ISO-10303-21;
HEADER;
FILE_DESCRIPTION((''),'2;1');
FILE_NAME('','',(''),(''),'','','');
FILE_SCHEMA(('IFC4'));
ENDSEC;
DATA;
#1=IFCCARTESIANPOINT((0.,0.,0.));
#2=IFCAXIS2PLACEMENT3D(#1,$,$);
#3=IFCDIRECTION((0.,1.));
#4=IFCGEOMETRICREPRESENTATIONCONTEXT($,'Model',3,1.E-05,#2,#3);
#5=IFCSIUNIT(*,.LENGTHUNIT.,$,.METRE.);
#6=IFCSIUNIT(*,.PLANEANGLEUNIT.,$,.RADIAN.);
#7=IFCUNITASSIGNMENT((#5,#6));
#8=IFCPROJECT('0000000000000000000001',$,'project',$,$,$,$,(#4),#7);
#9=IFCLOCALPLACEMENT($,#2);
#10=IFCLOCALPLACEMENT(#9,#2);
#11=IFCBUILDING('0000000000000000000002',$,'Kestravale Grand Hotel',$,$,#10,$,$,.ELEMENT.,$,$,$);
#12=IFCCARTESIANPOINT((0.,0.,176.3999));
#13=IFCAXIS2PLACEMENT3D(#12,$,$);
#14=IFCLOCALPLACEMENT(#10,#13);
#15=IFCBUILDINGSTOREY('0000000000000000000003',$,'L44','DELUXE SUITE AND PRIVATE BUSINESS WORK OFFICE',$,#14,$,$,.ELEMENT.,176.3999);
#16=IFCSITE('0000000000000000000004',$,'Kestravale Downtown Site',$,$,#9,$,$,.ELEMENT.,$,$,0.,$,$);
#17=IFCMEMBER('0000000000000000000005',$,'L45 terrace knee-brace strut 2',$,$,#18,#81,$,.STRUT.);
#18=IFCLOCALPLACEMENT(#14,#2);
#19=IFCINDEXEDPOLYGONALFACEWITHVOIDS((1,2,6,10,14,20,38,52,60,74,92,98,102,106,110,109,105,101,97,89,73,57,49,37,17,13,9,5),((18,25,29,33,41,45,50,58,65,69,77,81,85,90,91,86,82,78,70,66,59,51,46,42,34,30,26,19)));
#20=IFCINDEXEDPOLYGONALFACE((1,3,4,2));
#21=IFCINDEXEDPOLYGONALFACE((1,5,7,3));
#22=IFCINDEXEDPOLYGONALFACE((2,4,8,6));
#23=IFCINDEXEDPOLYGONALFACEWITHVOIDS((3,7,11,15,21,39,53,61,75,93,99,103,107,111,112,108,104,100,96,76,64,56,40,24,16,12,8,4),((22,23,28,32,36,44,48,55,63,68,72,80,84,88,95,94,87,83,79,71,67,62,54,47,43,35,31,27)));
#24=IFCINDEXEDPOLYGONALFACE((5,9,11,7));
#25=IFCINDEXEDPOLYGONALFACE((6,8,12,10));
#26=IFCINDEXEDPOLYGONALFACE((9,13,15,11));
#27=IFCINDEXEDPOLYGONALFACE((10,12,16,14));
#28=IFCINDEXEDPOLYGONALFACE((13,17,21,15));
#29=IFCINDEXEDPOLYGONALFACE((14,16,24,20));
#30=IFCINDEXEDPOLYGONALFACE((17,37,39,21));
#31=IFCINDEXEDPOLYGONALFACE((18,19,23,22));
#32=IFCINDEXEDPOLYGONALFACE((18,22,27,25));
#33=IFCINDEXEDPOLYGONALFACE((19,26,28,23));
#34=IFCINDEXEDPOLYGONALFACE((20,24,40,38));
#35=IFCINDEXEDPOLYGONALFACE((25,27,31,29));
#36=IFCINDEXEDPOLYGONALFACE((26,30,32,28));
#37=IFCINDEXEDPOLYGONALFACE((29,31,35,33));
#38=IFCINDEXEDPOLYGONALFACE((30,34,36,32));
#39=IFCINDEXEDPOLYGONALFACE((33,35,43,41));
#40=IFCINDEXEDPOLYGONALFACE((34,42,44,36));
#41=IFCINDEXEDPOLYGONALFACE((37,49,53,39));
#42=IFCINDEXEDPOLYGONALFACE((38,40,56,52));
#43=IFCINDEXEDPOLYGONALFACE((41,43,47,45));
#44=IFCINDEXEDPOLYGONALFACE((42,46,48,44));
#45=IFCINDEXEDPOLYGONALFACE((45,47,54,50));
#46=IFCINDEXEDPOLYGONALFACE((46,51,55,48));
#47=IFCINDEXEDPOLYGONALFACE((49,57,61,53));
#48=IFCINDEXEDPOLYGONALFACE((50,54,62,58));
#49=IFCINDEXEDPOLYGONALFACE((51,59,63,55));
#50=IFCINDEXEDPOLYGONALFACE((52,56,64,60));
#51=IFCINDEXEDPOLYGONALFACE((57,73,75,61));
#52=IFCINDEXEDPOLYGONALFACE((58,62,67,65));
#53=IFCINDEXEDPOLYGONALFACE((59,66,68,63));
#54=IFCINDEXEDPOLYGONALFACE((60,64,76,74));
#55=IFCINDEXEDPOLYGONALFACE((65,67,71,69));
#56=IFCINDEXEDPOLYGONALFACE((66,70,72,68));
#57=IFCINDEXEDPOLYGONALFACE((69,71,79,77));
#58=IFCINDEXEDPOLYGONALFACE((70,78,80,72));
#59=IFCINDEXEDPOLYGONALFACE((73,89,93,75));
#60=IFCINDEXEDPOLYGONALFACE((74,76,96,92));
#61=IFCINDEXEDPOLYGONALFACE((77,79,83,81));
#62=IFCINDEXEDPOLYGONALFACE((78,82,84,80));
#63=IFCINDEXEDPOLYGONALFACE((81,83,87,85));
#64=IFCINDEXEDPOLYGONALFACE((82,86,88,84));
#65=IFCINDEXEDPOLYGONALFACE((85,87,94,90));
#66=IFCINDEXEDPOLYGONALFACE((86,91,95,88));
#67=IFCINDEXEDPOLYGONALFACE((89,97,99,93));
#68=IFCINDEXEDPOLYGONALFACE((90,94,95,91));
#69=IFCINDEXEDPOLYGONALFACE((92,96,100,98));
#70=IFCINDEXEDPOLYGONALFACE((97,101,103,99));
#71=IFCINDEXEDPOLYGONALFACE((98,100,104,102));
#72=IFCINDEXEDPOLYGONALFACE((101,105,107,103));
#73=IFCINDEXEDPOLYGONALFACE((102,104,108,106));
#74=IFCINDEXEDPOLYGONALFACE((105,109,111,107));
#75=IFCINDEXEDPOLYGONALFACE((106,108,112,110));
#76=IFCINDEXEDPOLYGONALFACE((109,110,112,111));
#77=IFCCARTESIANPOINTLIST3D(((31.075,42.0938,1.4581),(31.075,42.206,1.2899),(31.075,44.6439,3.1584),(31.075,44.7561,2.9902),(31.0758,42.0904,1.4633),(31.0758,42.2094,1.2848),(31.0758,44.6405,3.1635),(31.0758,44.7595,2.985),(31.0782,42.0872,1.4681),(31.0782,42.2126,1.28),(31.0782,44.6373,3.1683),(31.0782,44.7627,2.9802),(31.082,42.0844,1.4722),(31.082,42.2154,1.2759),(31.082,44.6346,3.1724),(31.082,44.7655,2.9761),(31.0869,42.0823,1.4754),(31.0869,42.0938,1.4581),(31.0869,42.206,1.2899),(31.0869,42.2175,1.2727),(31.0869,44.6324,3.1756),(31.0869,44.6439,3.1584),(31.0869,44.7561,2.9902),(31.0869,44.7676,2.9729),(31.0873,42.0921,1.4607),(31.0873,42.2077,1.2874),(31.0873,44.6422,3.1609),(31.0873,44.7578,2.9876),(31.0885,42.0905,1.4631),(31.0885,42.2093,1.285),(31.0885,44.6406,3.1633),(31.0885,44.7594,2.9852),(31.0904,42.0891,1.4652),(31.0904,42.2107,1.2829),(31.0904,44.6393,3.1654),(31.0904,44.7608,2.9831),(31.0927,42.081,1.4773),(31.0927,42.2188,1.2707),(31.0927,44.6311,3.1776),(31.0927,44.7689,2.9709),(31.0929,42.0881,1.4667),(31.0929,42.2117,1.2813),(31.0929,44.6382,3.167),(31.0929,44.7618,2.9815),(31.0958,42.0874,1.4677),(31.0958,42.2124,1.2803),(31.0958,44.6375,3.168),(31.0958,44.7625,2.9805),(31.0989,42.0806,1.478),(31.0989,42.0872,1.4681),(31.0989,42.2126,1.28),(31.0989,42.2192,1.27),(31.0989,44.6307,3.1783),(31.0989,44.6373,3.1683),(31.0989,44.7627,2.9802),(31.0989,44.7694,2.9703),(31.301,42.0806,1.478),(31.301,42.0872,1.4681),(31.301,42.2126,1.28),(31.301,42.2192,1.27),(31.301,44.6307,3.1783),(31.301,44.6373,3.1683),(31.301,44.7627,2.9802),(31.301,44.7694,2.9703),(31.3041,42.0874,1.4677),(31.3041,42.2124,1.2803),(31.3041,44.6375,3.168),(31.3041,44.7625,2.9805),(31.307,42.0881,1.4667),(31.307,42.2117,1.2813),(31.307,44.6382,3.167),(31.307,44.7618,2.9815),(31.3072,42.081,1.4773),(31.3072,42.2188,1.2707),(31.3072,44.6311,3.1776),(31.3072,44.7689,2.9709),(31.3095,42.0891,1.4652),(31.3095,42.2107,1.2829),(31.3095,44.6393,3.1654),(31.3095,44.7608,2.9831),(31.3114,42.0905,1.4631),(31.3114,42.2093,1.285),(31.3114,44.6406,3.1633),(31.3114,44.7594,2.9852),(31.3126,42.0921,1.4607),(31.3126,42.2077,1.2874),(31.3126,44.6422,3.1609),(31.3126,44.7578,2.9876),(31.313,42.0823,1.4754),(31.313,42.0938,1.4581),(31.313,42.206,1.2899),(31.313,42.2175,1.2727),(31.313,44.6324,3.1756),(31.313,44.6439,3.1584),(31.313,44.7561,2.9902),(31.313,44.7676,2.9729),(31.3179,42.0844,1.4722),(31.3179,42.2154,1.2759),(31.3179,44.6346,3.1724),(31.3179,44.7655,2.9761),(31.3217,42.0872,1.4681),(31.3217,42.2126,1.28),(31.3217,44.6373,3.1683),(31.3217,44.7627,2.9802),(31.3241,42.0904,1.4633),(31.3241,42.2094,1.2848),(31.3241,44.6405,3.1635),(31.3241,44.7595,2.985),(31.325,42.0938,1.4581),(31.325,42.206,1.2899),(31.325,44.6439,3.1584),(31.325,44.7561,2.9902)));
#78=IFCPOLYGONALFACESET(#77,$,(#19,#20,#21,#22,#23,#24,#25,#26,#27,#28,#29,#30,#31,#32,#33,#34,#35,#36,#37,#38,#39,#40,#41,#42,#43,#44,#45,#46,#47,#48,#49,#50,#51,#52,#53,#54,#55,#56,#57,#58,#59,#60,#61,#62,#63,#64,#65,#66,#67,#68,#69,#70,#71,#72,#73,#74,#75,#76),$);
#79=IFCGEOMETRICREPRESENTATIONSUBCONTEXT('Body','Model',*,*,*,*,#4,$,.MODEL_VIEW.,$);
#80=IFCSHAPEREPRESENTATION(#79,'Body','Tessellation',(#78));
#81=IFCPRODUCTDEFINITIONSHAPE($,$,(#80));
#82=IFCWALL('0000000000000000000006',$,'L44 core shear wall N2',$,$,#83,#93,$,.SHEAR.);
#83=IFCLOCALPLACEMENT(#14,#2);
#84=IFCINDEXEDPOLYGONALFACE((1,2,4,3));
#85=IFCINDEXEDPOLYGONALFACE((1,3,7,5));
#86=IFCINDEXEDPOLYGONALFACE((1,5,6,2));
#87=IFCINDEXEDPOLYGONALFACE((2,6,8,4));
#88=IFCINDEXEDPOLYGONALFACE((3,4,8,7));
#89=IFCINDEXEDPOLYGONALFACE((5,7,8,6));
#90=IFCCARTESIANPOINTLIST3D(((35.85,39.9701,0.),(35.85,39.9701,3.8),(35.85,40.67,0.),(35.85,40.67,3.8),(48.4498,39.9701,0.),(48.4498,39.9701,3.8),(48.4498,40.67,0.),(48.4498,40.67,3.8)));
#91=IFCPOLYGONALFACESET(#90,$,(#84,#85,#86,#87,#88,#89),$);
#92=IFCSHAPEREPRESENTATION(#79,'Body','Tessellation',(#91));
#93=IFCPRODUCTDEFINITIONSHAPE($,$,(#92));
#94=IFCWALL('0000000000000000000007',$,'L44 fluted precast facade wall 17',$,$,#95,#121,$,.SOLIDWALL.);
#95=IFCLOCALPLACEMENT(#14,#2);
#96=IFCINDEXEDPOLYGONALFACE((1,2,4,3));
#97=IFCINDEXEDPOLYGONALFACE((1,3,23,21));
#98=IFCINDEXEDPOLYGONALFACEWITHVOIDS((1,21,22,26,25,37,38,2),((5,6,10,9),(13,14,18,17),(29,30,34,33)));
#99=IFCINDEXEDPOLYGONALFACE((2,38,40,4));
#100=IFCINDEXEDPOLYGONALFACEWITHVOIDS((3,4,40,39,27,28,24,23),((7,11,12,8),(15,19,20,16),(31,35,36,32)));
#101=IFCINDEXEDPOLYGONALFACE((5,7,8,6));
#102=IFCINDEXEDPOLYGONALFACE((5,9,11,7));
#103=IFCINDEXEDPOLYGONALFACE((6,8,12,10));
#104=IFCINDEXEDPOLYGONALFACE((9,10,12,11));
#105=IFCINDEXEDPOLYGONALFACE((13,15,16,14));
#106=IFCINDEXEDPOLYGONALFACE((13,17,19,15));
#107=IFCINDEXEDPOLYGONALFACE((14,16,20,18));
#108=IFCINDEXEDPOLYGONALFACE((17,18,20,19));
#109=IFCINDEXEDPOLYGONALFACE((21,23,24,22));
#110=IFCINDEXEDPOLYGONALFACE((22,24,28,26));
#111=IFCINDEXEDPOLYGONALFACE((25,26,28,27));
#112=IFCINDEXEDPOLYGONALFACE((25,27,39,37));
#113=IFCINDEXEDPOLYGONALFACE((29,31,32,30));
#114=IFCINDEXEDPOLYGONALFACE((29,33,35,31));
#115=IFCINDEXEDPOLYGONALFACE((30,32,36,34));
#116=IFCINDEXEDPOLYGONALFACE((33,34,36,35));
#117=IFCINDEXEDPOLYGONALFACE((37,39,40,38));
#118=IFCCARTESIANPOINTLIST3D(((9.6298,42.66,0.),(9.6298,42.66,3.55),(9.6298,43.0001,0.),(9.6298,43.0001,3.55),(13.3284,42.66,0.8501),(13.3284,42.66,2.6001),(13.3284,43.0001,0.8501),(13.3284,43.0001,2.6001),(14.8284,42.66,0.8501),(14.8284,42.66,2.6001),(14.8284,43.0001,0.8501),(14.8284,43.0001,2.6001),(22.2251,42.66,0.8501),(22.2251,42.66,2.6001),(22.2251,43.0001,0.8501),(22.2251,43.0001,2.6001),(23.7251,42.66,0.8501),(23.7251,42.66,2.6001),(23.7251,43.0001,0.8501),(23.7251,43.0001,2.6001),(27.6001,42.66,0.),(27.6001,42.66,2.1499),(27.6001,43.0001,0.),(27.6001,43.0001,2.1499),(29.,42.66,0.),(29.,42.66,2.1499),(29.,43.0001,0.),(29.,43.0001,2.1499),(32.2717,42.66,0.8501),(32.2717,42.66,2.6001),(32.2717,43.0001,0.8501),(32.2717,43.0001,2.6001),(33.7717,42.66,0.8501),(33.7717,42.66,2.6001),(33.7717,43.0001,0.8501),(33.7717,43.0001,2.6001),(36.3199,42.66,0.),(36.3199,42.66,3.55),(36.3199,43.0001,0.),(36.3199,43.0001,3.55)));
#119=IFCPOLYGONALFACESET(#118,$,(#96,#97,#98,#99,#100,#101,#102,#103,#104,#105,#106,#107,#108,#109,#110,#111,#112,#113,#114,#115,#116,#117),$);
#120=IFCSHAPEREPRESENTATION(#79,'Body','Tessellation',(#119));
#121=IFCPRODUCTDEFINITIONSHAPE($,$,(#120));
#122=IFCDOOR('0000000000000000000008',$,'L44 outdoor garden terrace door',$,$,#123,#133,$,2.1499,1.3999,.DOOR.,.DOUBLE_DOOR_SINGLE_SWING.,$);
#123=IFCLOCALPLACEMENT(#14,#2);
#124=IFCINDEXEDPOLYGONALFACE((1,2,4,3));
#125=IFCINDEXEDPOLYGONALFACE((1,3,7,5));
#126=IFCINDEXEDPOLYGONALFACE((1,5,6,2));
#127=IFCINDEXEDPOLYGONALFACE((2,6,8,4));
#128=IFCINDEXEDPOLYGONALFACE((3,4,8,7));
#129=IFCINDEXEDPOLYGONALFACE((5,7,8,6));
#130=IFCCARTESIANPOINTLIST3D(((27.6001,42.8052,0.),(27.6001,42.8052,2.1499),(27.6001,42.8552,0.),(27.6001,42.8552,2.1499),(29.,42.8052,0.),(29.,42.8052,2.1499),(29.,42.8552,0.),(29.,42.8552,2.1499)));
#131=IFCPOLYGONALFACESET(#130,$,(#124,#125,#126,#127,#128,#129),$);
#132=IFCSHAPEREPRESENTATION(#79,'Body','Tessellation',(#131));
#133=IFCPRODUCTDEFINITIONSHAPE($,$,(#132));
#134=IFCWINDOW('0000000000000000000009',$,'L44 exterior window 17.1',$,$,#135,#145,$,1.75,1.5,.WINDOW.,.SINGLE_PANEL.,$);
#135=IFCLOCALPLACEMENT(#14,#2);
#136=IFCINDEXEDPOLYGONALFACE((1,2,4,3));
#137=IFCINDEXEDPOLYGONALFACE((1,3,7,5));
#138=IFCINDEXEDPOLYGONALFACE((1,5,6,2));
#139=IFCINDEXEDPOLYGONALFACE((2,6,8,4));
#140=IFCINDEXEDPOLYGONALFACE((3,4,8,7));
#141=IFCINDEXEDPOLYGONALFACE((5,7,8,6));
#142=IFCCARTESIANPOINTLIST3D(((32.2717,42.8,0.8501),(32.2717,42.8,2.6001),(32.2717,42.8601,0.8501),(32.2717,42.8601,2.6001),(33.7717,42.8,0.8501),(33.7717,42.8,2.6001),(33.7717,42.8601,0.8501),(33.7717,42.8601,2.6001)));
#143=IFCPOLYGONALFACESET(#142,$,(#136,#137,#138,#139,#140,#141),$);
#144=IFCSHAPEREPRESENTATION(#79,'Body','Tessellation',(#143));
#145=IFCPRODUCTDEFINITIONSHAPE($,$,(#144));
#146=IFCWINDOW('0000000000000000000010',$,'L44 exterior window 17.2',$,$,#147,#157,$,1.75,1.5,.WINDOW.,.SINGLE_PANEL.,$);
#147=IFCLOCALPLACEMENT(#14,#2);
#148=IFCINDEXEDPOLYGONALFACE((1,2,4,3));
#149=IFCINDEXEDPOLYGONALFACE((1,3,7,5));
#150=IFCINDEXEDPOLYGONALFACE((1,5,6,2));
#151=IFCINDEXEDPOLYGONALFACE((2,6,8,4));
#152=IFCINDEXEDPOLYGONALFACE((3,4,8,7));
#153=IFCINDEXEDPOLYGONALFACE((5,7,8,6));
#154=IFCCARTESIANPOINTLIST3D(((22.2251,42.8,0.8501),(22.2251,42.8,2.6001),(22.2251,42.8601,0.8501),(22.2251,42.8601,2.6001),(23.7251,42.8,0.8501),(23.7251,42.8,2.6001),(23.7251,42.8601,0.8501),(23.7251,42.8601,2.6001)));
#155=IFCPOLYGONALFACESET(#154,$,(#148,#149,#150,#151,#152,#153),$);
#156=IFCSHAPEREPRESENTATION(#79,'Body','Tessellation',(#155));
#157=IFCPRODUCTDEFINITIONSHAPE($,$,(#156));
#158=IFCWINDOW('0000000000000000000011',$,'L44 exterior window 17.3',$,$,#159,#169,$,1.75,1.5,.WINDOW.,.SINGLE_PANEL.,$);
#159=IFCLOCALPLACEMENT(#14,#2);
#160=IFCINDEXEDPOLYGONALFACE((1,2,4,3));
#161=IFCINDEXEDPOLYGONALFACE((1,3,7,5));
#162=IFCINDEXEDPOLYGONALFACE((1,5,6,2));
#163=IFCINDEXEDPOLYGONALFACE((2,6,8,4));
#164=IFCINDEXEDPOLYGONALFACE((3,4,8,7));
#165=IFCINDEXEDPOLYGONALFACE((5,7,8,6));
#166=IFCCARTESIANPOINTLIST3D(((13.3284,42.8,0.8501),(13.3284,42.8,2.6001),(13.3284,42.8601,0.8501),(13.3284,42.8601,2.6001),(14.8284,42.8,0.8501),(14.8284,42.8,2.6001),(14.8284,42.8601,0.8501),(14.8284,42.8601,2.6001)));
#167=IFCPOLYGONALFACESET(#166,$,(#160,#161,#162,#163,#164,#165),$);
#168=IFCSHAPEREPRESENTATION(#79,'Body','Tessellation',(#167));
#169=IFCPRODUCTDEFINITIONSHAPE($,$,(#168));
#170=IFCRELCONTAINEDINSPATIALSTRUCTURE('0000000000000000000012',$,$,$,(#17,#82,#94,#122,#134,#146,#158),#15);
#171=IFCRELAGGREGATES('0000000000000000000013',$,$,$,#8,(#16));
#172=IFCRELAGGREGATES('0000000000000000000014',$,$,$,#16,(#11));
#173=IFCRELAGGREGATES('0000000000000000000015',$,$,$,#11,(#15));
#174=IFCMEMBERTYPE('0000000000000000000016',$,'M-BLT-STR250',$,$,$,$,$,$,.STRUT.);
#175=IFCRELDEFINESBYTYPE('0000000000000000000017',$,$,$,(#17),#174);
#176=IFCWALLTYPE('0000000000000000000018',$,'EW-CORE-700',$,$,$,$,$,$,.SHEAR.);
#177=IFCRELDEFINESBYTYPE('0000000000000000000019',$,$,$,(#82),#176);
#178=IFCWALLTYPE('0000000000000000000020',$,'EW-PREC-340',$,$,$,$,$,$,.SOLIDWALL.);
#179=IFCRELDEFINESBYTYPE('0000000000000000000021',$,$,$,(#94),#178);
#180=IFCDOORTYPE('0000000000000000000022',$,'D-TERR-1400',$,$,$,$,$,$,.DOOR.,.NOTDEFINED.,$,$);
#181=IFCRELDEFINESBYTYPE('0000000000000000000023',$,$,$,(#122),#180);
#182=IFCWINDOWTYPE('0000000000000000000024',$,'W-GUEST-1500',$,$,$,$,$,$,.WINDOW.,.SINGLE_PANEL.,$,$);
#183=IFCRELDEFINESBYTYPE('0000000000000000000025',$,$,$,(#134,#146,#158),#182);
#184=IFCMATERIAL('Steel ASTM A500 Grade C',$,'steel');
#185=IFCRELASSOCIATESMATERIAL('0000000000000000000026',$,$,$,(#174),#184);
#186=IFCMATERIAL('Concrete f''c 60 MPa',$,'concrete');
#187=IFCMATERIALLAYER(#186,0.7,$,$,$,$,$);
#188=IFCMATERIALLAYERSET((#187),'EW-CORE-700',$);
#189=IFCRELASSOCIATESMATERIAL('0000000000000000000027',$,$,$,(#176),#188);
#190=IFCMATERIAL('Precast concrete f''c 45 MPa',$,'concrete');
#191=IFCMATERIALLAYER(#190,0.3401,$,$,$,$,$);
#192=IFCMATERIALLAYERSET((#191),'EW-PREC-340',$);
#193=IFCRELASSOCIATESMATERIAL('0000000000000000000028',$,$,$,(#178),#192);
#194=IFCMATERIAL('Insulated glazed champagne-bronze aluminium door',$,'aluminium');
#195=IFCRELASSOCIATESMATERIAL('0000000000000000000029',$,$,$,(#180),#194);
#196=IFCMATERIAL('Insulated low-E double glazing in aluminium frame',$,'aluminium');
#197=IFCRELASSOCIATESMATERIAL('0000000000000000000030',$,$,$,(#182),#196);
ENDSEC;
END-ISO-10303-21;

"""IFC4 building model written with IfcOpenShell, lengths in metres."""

from ifc_helpers import new_model, si_unit, direction, frame, frame_2d, origin, origin_2d, place, context, subcontext, project, spatial, rectangle, hollow_rectangle, extrude, material, layer, layer_set, material_profile, profile_set, type_object, element, fill, save


model = new_model("IFC4")

# Units and contexts
model_context = context("Model", 3, precision=1e-05, world=origin(), true_north=direction((0.0, 1.0)))
body_context = subcontext(model_context, "Body", "Model", "MODEL_VIEW")
ifc_project = project(units=[si_unit("LENGTHUNIT", "METRE"), si_unit("PLANEANGLEUNIT", "RADIAN")], contexts=[model_context])

# Site, building, storey
site_placement = place(None, origin())
site = spatial("IfcSite", under=ifc_project, at=site_placement, Name="Kestravale Downtown Site", CompositionType="ELEMENT", RefElevation=0.0)
building_placement = place(site_placement, origin())
building = spatial("IfcBuilding", under=site, at=building_placement, Name="Kestravale Grand Hotel", CompositionType="ELEMENT")
storey_placement = place(building_placement, frame((0.0, 0.0, 176.3999)))
storey = spatial("IfcBuildingStorey", under=building, at=storey_placement, Name="L44", Description="DELUXE SUITE AND PRIVATE BUSINESS WORK OFFICE", CompositionType="ELEMENT", Elevation=176.3999)

# Member
ifc_material_1 = material(Name="Steel ASTM A500 Grade C", Category="steel")
ifc_material_profile_1 = material_profile(ifc_material_1, hollow_rectangle(XDim=0.25, YDim=0.25, WallThickness=0.012, InnerFilletRadius=0.012, OuterFilletRadius=0.0239, at=origin_2d()))
ifc_profile_set_1 = profile_set([ifc_material_profile_1], Name="Steel ASTM A500 Grade C")
member_type = type_object("IfcMemberType", Name="M-BLT-STR250", PredefinedType="STRUT", material=ifc_profile_set_1)
for number, where, z_axis, x_axis, name in (
    (1, (31.2, 42.1499, 1.374), (0.0, 0.832026, 0.554737), (-1.0, 0.0, 0.0), "L45 terrace knee-brace strut 2"),
):
    element("IfcMember", number, at=place(storey_placement, frame(where, z_axis=z_axis, x_axis=x_axis)), inside=storey, type_object=member_type, Name=name, PredefinedType="STRUT", context=body_context, shape_type="SweptSolid", body=[
        extrude(hollow_rectangle(XDim=0.25, YDim=0.25, WallThickness=0.012, InnerFilletRadius=0.012, OuterFilletRadius=0.0239, at=origin_2d()), origin(), (0.0, 0.0, 1.0), 3.0649),
    ])

# Wall
ifc_material_2 = material(Name="Concrete f'c 60 MPa", Category="concrete")
ifc_layer_1 = layer(ifc_material_2, 0.7)
ifc_layer_set_1 = layer_set([ifc_layer_1], Name="EW-CORE-700")
wall_type_1 = type_object("IfcWallType", Name="EW-CORE-700", PredefinedType="SHEAR", material=ifc_layer_set_1)
wall_1_placement = place(storey_placement, frame((35.8501, 40.3201, 0.0), z_axis=(0.0, 0.0, 1.0), x_axis=(1.0, 0.0, 0.0)))
element("IfcWall", 2, at=wall_1_placement, inside=storey, type_object=wall_type_1, Name="L44 core shear wall N2", PredefinedType="SHEAR", context=body_context, shape_type="SweptSolid", body=[
    extrude(rectangle(XDim=12.5999, YDim=0.7, at=frame_2d((6.2998, 0.0))), origin(), (0.0, 0.0, 1.0), 3.8),
])

# Wall, openings, door, windows
ifc_material_3 = material(Name="Precast concrete f'c 45 MPa", Category="concrete")
ifc_layer_2 = layer(ifc_material_3, 0.3401)
ifc_layer_set_2 = layer_set([ifc_layer_2], Name="EW-PREC-340")
wall_type_2 = type_object("IfcWallType", Name="EW-PREC-340", PredefinedType="SOLIDWALL", material=ifc_layer_set_2)
wall_2_placement = place(storey_placement, frame((36.3201, 42.8301, 0.0), z_axis=(0.0, 0.0, 1.0), x_axis=(-1.0, 0.0, 0.0)))
wall_2 = element("IfcWall", 3, at=wall_2_placement, inside=storey, type_object=wall_type_2, Name="L44 fluted precast facade wall 17", PredefinedType="SOLIDWALL", context=body_context, shape_type="SweptSolid", body=[
    extrude(rectangle(XDim=26.6902, YDim=0.3401, at=frame_2d((13.3452, 0.0))), origin(), (0.0, 0.0, 1.0), 3.55),
])
opening_1_placement = place(wall_2_placement, frame((7.3201, 0.0, 0.0)))
opening_1 = element("IfcOpeningElement", 4, at=opening_1_placement, cuts=wall_2, PredefinedType="OPENING", context=body_context, shape_type="SweptSolid", body=[
    extrude(rectangle(XDim=1.3999, YDim=2.1499, at=frame_2d((0.7, 1.075))), frame((0.0, 0.1799, 0.0), z_axis=(0.0, -1.0, 0.0), x_axis=(1.0, 0.0, 0.0)), (0.0, 0.0, 1.0), 0.3601),
])
opening_2_placement = place(wall_2_placement, frame((2.5483, 0.0, 0.8501)))
opening_2 = element("IfcOpeningElement", 5, at=opening_2_placement, cuts=wall_2, PredefinedType="OPENING", context=body_context, shape_type="SweptSolid", body=[
    extrude(rectangle(XDim=1.5, YDim=1.75, at=frame_2d((0.75, 0.875))), frame((0.0, 0.1799, 0.0), z_axis=(0.0, -1.0, 0.0), x_axis=(1.0, 0.0, 0.0)), (0.0, 0.0, 1.0), 0.3601),
])
opening_3_placement = place(wall_2_placement, frame((12.595, 0.0, 0.8501)))
opening_3 = element("IfcOpeningElement", 6, at=opening_3_placement, cuts=wall_2, PredefinedType="OPENING", context=body_context, shape_type="SweptSolid", body=[
    extrude(rectangle(XDim=1.5, YDim=1.75, at=frame_2d((0.75, 0.875))), frame((0.0, 0.1799, 0.0), z_axis=(0.0, -1.0, 0.0), x_axis=(1.0, 0.0, 0.0)), (0.0, 0.0, 1.0), 0.3601),
])
opening_4_placement = place(wall_2_placement, frame((21.4917, 0.0, 0.8501)))
opening_4 = element("IfcOpeningElement", 7, at=opening_4_placement, cuts=wall_2, PredefinedType="OPENING", context=body_context, shape_type="SweptSolid", body=[
    extrude(rectangle(XDim=1.5, YDim=1.75, at=frame_2d((0.75, 0.875))), frame((0.0, 0.1799, 0.0), z_axis=(0.0, -1.0, 0.0), x_axis=(1.0, 0.0, 0.0)), (0.0, 0.0, 1.0), 0.3601),
])
ifc_material_4 = material(Name="Insulated glazed champagne-bronze aluminium door", Category="aluminium")
door_type = type_object("IfcDoorType", Name="D-TERR-1400", OperationType="NOTDEFINED", PredefinedType="DOOR", material=ifc_material_4)
door_placement = place(opening_1_placement, origin())
door = element("IfcDoor", 8, at=door_placement, inside=storey, type_object=door_type, Name="L44 outdoor garden terrace door", OperationType="DOUBLE_DOOR_SINGLE_SWING", OverallHeight=2.1499, OverallWidth=1.3999, PredefinedType="DOOR", context=body_context, shape_type="SweptSolid", body=[
    extrude(rectangle(XDim=1.3999, YDim=2.1499, at=frame_2d((0.7, 1.075))), frame((0.0, 0.0249, 0.0), z_axis=(0.0, -1.0, 0.0), x_axis=(1.0, 0.0, 0.0)), (0.0, 0.0, 1.0), 0.05),
])
fill(opening_1, door)
ifc_material_5 = material(Name="Insulated low-E double glazing in aluminium frame", Category="aluminium")
window_type = type_object("IfcWindowType", Name="W-GUEST-1500", PartitioningType="SINGLE_PANEL", PredefinedType="WINDOW", material=ifc_material_5)
window_1_placement = place(opening_2_placement, origin())
window_1 = element("IfcWindow", 9, at=window_1_placement, inside=storey, type_object=window_type, Name="L44 exterior window 17.1", OverallHeight=1.75, OverallWidth=1.5, PartitioningType="SINGLE_PANEL", PredefinedType="WINDOW", context=body_context, shape_type="SweptSolid", body=[
    extrude(rectangle(XDim=1.5, YDim=1.75, at=frame_2d((0.75, 0.875))), frame((0.0, 0.03, 0.0), z_axis=(0.0, -1.0, 0.0), x_axis=(1.0, 0.0, 0.0)), (0.0, 0.0, 1.0), 0.0601),
])
fill(opening_2, window_1)
window_2_placement = place(opening_3_placement, origin())
window_2 = element("IfcWindow", 10, at=window_2_placement, inside=storey, type_object=window_type, Name="L44 exterior window 17.2", OverallHeight=1.75, OverallWidth=1.5, PartitioningType="SINGLE_PANEL", PredefinedType="WINDOW", context=body_context, shape_type="SweptSolid", body=[
    extrude(rectangle(XDim=1.5, YDim=1.75, at=frame_2d((0.75, 0.875))), frame((0.0, 0.03, 0.0), z_axis=(0.0, -1.0, 0.0), x_axis=(1.0, 0.0, 0.0)), (0.0, 0.0, 1.0), 0.0601),
])
fill(opening_3, window_2)
window_3_placement = place(opening_4_placement, origin())
window_3 = element("IfcWindow", 11, at=window_3_placement, inside=storey, type_object=window_type, Name="L44 exterior window 17.3", OverallHeight=1.75, OverallWidth=1.5, PartitioningType="SINGLE_PANEL", PredefinedType="WINDOW", context=body_context, shape_type="SweptSolid", body=[
    extrude(rectangle(XDim=1.5, YDim=1.75, at=frame_2d((0.75, 0.875))), frame((0.0, 0.03, 0.0), z_axis=(0.0, -1.0, 0.0), x_axis=(1.0, 0.0, 0.0)), (0.0, 0.0, 1.0), 0.0601),
])
fill(opening_4, window_3)

save(model, "model.ifc")
